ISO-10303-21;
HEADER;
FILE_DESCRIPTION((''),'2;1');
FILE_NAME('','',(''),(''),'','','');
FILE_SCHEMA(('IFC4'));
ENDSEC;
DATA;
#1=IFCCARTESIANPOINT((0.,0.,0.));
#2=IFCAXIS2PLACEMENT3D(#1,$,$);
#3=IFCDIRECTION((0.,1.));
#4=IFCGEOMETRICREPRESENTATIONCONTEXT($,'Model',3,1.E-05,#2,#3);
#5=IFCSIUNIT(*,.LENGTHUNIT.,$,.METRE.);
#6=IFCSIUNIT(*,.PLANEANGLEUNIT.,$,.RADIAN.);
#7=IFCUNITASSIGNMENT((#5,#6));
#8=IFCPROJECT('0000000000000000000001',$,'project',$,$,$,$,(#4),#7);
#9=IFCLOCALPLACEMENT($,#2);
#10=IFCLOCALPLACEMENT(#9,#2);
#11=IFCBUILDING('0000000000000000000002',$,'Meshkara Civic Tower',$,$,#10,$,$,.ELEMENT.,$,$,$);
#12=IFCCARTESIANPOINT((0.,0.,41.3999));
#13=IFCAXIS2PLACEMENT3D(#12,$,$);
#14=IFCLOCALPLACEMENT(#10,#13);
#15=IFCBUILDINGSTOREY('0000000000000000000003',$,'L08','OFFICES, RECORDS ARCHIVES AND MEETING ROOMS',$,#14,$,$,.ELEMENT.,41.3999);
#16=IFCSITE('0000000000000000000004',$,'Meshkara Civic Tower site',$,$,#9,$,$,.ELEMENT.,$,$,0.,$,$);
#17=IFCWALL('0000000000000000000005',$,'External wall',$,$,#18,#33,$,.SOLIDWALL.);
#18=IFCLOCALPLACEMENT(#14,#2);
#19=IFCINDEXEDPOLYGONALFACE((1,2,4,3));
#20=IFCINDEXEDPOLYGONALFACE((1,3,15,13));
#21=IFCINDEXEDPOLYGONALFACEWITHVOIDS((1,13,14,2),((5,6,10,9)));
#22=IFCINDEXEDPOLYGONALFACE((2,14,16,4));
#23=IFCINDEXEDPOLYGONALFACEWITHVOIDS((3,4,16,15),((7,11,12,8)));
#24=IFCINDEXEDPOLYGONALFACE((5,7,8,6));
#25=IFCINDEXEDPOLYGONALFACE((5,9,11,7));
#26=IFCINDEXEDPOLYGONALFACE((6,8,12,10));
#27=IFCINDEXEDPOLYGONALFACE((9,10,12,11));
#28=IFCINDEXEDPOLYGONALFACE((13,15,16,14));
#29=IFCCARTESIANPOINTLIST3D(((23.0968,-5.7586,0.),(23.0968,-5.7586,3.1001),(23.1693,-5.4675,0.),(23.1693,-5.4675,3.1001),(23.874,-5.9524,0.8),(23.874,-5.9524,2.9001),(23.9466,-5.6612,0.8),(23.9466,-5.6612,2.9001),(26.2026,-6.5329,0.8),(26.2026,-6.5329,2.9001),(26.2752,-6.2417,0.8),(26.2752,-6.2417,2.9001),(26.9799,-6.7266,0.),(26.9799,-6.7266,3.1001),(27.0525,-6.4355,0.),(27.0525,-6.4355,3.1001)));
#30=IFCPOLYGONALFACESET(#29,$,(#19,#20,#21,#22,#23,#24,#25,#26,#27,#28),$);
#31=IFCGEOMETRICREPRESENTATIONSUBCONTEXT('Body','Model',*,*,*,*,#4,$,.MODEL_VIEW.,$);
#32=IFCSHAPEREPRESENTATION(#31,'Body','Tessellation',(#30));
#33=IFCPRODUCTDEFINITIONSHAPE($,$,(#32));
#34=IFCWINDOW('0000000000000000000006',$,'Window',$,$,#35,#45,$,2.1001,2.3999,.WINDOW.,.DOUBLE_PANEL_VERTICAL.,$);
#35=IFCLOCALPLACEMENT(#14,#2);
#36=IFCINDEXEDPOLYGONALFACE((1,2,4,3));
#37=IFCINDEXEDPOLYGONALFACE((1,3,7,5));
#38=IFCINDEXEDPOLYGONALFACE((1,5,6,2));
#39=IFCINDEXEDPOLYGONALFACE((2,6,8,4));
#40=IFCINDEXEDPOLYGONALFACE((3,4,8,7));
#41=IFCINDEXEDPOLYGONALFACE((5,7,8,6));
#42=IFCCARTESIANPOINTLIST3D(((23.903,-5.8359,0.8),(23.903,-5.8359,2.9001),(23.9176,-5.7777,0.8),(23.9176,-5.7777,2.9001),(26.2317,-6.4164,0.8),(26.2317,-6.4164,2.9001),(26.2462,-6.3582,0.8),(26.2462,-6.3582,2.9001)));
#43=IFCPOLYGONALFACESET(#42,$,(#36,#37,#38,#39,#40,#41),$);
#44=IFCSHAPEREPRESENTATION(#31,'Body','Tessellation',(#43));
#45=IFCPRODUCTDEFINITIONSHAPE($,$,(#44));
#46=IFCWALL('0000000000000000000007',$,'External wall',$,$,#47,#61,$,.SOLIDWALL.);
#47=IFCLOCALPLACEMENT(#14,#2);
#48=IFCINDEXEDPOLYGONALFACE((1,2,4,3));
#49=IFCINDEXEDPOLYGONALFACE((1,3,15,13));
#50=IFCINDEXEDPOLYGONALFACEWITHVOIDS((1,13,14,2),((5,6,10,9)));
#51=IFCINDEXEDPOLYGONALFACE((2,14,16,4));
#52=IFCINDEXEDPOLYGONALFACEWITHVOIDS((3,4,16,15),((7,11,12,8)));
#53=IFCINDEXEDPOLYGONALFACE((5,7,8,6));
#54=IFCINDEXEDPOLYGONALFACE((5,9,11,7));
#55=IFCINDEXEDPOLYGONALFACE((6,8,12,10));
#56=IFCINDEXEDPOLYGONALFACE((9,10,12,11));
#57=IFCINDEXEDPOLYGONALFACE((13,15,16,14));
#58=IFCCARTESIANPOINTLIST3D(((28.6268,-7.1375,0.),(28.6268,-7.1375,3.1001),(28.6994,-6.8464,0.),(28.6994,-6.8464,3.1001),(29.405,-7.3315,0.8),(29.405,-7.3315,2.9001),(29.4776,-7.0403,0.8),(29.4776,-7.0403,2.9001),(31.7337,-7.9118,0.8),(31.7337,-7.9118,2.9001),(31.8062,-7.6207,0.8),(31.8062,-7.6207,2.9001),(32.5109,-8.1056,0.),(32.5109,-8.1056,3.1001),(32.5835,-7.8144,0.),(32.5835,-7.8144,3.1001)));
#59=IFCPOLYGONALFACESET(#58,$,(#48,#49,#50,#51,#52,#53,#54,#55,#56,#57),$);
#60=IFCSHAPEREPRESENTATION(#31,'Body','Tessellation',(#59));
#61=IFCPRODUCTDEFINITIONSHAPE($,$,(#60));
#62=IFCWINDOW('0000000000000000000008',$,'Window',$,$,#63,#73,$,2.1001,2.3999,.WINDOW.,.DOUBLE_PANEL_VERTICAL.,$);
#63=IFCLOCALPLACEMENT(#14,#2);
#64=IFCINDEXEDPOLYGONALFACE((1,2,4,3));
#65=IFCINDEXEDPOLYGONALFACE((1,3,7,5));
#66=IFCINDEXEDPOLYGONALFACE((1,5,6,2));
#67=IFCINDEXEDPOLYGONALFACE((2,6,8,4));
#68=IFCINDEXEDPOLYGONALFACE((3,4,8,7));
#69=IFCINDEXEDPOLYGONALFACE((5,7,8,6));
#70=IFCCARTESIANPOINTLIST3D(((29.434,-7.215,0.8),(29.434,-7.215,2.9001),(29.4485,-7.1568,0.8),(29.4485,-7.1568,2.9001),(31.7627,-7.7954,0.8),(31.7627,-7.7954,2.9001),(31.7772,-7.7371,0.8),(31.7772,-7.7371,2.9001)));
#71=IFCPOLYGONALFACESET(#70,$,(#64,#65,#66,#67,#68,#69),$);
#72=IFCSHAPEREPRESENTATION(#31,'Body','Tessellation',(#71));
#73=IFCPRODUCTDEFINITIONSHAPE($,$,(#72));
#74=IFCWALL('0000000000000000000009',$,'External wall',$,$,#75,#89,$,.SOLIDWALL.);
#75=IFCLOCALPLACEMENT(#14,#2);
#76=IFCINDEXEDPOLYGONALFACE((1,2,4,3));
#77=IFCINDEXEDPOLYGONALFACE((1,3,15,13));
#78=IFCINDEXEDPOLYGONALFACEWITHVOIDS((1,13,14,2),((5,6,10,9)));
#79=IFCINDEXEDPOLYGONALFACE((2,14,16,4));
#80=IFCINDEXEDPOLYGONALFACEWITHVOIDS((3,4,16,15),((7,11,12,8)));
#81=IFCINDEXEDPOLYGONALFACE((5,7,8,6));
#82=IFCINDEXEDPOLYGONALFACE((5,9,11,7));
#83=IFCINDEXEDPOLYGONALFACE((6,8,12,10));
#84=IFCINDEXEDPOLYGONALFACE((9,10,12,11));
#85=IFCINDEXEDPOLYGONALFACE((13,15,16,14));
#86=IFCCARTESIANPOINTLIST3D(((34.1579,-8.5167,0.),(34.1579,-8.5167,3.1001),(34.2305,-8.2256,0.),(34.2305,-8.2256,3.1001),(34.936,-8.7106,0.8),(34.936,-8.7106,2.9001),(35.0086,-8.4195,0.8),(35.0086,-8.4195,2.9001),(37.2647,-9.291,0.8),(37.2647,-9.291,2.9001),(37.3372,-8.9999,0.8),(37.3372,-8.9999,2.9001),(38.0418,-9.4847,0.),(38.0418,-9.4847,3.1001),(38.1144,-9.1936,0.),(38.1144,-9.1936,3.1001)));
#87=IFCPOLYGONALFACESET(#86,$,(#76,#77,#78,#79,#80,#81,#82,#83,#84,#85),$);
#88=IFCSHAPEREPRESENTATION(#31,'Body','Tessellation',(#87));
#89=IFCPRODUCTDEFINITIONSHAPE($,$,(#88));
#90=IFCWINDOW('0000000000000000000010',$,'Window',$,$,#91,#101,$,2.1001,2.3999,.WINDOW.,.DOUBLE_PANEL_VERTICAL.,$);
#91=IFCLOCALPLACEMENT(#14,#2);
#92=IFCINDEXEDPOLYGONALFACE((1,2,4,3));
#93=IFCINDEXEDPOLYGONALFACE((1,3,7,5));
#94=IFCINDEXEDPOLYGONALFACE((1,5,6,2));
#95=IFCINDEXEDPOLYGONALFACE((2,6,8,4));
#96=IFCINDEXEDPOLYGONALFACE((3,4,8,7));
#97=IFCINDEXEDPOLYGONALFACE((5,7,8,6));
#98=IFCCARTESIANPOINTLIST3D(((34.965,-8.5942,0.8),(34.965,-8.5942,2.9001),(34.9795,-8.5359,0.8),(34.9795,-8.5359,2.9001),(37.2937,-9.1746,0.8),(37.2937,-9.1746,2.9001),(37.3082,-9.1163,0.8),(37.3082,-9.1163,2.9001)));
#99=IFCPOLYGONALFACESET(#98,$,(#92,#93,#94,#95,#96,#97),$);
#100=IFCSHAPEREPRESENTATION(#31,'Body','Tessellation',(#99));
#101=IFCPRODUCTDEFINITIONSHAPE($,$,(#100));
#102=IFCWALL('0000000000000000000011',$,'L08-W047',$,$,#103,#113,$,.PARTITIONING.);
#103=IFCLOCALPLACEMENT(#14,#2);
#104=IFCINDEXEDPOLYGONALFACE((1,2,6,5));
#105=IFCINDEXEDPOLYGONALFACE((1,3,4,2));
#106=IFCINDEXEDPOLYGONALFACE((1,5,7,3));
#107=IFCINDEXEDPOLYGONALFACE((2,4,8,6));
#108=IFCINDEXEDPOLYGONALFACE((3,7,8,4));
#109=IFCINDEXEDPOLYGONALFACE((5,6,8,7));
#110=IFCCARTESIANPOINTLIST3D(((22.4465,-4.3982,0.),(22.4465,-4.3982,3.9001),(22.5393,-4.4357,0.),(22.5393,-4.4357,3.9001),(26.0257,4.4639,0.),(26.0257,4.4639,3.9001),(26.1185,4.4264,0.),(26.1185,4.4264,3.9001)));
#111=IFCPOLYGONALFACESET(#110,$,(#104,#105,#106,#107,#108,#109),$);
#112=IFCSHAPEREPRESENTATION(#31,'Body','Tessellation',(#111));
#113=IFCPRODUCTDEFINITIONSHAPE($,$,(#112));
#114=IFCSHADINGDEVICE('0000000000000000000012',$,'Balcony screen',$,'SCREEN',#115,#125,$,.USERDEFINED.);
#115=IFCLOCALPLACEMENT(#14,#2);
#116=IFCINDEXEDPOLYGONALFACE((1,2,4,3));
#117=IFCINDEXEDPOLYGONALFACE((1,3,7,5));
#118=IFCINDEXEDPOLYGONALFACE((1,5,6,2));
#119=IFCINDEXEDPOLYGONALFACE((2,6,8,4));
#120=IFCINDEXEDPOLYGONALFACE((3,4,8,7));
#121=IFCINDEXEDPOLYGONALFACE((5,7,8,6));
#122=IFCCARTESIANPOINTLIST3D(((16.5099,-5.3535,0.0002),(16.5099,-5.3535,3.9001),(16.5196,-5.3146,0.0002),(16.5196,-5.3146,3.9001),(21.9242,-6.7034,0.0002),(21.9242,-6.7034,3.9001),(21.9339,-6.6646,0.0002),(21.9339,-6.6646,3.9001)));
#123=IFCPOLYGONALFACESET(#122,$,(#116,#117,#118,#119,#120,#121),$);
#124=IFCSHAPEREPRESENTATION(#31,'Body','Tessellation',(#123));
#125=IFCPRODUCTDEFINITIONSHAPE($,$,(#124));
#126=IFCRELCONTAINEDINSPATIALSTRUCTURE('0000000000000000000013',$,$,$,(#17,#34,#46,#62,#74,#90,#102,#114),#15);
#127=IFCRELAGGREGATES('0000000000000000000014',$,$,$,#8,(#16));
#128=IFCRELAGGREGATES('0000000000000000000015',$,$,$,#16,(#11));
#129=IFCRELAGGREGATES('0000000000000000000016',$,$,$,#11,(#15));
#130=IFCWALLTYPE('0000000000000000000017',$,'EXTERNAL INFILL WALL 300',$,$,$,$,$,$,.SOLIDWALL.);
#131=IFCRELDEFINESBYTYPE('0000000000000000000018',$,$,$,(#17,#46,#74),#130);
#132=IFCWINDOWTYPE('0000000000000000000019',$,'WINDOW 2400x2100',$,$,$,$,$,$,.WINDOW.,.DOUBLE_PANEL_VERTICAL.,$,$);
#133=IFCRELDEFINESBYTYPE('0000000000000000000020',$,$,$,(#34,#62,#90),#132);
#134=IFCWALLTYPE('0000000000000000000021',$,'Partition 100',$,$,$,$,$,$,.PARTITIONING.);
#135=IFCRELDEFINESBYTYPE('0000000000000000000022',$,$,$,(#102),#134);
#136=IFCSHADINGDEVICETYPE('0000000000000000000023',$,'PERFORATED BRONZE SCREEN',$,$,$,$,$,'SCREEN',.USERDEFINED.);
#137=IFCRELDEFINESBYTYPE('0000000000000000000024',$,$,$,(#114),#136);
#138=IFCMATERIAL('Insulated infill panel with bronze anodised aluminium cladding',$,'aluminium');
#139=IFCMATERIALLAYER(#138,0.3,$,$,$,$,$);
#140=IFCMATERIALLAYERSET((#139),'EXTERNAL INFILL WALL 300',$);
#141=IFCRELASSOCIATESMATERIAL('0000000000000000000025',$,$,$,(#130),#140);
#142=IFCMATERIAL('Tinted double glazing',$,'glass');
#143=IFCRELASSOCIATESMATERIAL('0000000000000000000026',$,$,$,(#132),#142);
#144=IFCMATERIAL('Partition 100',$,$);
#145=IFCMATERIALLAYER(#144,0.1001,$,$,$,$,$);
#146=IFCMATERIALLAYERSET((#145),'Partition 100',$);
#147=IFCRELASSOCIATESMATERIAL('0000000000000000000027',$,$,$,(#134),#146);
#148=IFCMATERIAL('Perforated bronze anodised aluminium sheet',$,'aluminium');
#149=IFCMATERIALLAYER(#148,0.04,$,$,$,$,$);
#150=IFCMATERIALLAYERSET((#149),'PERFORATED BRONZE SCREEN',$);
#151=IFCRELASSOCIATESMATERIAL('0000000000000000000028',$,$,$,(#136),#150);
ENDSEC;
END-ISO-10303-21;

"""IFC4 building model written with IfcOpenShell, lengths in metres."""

from ifc_helpers import new_model, si_unit, direction, frame, frame_2d, origin, origin_2d, place, context, subcontext, project, spatial, rectangle, extrude, material, layer, layer_set, type_object, element, fill, save


model = new_model("IFC4")

# Units and contexts
model_context = context("Model", 3, precision=1e-05, world=origin(), true_north=direction((0.0, 1.0)))
body_context = subcontext(model_context, "Body", "Model", "MODEL_VIEW")
ifc_project = project(units=[si_unit("LENGTHUNIT", "METRE"), si_unit("PLANEANGLEUNIT", "RADIAN")], contexts=[model_context])

# Site, building, storey
site_placement = place(None, origin())
site = spatial("IfcSite", under=ifc_project, at=site_placement, Name="Meshkara Civic Tower site", CompositionType="ELEMENT", RefElevation=0.0)
building_placement = place(site_placement, origin())
building = spatial("IfcBuilding", under=site, at=building_placement, Name="Meshkara Civic Tower", CompositionType="ELEMENT")
storey_placement = place(building_placement, frame((0.0, 0.0, 41.3999)))
storey = spatial("IfcBuildingStorey", under=building, at=storey_placement, Name="L08", Description="OFFICES, RECORDS ARCHIVES AND MEETING ROOMS", CompositionType="ELEMENT", Elevation=41.3999)

# Walls, openings, windows
ifc_material_1 = material(Name="Insulated infill panel with bronze anodised aluminium cladding", Category="aluminium")
ifc_layer_1 = layer(ifc_material_1, 0.3)
ifc_layer_set_1 = layer_set([ifc_layer_1], Name="EXTERNAL INFILL WALL 300")
wall_type_1 = type_object("IfcWallType", Name="EXTERNAL INFILL WALL 300", PredefinedType="SOLIDWALL", material=ifc_layer_set_1)
wall_1_placement = place(storey_placement, frame((23.1331, -5.613, 0.0), z_axis=(0.0, 0.0, 1.0), x_axis=(0.970304, -0.24189, 0.0)))
wall_1 = element("IfcWall", 1, at=wall_1_placement, inside=storey, type_object=wall_type_1, Name="External wall", PredefinedType="SOLIDWALL", context=body_context, shape_type="SweptSolid", body=[
    extrude(rectangle(XDim=4.002, YDim=0.3, at=frame_2d((2.001, 0.0))), origin(), (0.0, 0.0, 1.0), 3.1001),
])
opening_1_placement = place(wall_1_placement, frame((0.801, 0.0, 0.8)))
opening_1 = element("IfcOpeningElement", 2, at=opening_1_placement, cuts=wall_1, PredefinedType="OPENING", context=body_context, shape_type="SweptSolid", body=[
    extrude(rectangle(XDim=2.3999, YDim=2.1001, at=frame_2d((1.2, 1.05))), frame((0.0, 0.1599, 0.0), z_axis=(0.0, -1.0, 0.0), x_axis=(1.0, 0.0, 0.0)), (0.0, 0.0, 1.0), 0.3201),
])
ifc_material_2 = material(Name="Tinted double glazing", Category="glass")
window_type = type_object("IfcWindowType", Name="WINDOW 2400x2100", PartitioningType="DOUBLE_PANEL_VERTICAL", PredefinedType="WINDOW", material=ifc_material_2)
window_1_placement = place(opening_1_placement, origin())
window_1 = element("IfcWindow", 3, at=window_1_placement, inside=storey, type_object=window_type, Name="Window", OverallHeight=2.1001, OverallWidth=2.3999, PartitioningType="DOUBLE_PANEL_VERTICAL", PredefinedType="WINDOW", context=body_context, shape_type="SweptSolid", body=[
    extrude(rectangle(XDim=2.3999, YDim=2.1001, at=frame_2d((1.2, 1.05))), frame((0.0, 0.03, 0.0), z_axis=(0.0, -1.0, 0.0), x_axis=(1.0, 0.0, 0.0)), (0.0, 0.0, 1.0), 0.0601),
])
fill(opening_1, window_1)
wall_2_placement = place(storey_placement, frame((28.6631, -6.9919, 0.0), z_axis=(0.0, 0.0, 1.0), x_axis=(0.970318, -0.241832, 0.0)))
wall_2 = element("IfcWall", 4, at=wall_2_placement, inside=storey, type_object=wall_type_1, Name="External wall", PredefinedType="SOLIDWALL", context=body_context, shape_type="SweptSolid", body=[
    extrude(rectangle(XDim=4.0029, YDim=0.3, at=frame_2d((2.0015, 0.0))), origin(), (0.0, 0.0, 1.0), 3.1001),
])
opening_2_placement = place(wall_2_placement, frame((0.802, 0.0, 0.8)))
opening_2 = element("IfcOpeningElement", 5, at=opening_2_placement, cuts=wall_2, PredefinedType="OPENING", context=body_context, shape_type="SweptSolid", body=[
    extrude(rectangle(XDim=2.3999, YDim=2.1001, at=frame_2d((1.2, 1.05))), frame((0.0, 0.1599, 0.0), z_axis=(0.0, -1.0, 0.0), x_axis=(1.0, 0.0, 0.0)), (0.0, 0.0, 1.0), 0.3201),
])
window_2_placement = place(opening_2_placement, origin())
window_2 = element("IfcWindow", 6, at=window_2_placement, inside=storey, type_object=window_type, Name="Window", OverallHeight=2.1001, OverallWidth=2.3999, PartitioningType="DOUBLE_PANEL_VERTICAL", PredefinedType="WINDOW", context=body_context, shape_type="SweptSolid", body=[
    extrude(rectangle(XDim=2.3999, YDim=2.1001, at=frame_2d((1.2, 1.05))), frame((0.0, 0.03, 0.0), z_axis=(0.0, -1.0, 0.0), x_axis=(1.0, 0.0, 0.0)), (0.0, 0.0, 1.0), 0.0601),
])
fill(opening_2, window_2)
wall_3_placement = place(storey_placement, frame((34.1941, -8.3711, 0.0), z_axis=(0.0, 0.0, 1.0), x_axis=(0.970314, -0.241847, 0.0)))
wall_3 = element("IfcWall", 7, at=wall_3_placement, inside=storey, type_object=wall_type_1, Name="External wall", PredefinedType="SOLIDWALL", context=body_context, shape_type="SweptSolid", body=[
    extrude(rectangle(XDim=4.0027, YDim=0.3, at=frame_2d((2.0015, 0.0))), origin(), (0.0, 0.0, 1.0), 3.1001),
])
opening_3_placement = place(wall_3_placement, frame((0.802, 0.0, 0.8)))
opening_3 = element("IfcOpeningElement", 8, at=opening_3_placement, cuts=wall_3, PredefinedType="OPENING", context=body_context, shape_type="SweptSolid", body=[
    extrude(rectangle(XDim=2.3999, YDim=2.1001, at=frame_2d((1.2, 1.05))), frame((0.0, 0.1599, 0.0), z_axis=(0.0, -1.0, 0.0), x_axis=(1.0, 0.0, 0.0)), (0.0, 0.0, 1.0), 0.3201),
])
window_3_placement = place(opening_3_placement, origin())
window_3 = element("IfcWindow", 9, at=window_3_placement, inside=storey, type_object=window_type, Name="Window", OverallHeight=2.1001, OverallWidth=2.3999, PartitioningType="DOUBLE_PANEL_VERTICAL", PredefinedType="WINDOW", context=body_context, shape_type="SweptSolid", body=[
    extrude(rectangle(XDim=2.3999, YDim=2.1001, at=frame_2d((1.2, 1.05))), frame((0.0, 0.03, 0.0), z_axis=(0.0, -1.0, 0.0), x_axis=(1.0, 0.0, 0.0)), (0.0, 0.0, 1.0), 0.0601),
])
fill(opening_3, window_3)

# Wall
ifc_material_3 = material(Name="Partition 100")
ifc_layer_2 = layer(ifc_material_3, 0.1001)
ifc_layer_set_2 = layer_set([ifc_layer_2], Name="Partition 100")
wall_type_2 = type_object("IfcWallType", Name="Partition 100", PredefinedType="PARTITIONING", material=ifc_layer_set_2)
wall_4_placement = place(storey_placement, frame((22.4929, -4.417, 0.0), z_axis=(0.0, 0.0, 1.0), x_axis=(0.37448, 0.927235, 0.0)))
element("IfcWall", 10, at=wall_4_placement, inside=storey, type_object=wall_type_2, Name="L08-W047", PredefinedType="PARTITIONING", context=body_context, shape_type="SweptSolid", body=[
    extrude(rectangle(XDim=9.5576, YDim=0.1001, at=frame_2d((4.7788, 0.0))), origin(), (0.0, 0.0, 1.0), 3.9001),
])

# Shading device
ifc_material_4 = material(Name="Perforated bronze anodised aluminium sheet", Category="aluminium")
ifc_layer_3 = layer(ifc_material_4, 0.04)
ifc_layer_set_3 = layer_set([ifc_layer_3], Name="PERFORATED BRONZE SCREEN")
shading_device_type = type_object("IfcShadingDeviceType", Name="PERFORATED BRONZE SCREEN", ElementType="SCREEN", PredefinedType="USERDEFINED", material=ifc_layer_set_3)
shading_device_placement = place(storey_placement, frame((19.2219, -6.009, 0.0002), z_axis=(0.0, 0.0, 1.0), x_axis=(0.970296, -0.241922, 0.0)))
element("IfcShadingDevice", 11, at=shading_device_placement, inside=storey, type_object=shading_device_type, Name="Balcony screen", ObjectType="SCREEN", PredefinedType="USERDEFINED", context=body_context, shape_type="SweptSolid", body=[
    extrude(rectangle(XDim=5.5801, YDim=0.04, at=origin_2d()), origin(), (0.0, 0.0, 1.0), 3.8999),
])

save(model, "model.ifc")
